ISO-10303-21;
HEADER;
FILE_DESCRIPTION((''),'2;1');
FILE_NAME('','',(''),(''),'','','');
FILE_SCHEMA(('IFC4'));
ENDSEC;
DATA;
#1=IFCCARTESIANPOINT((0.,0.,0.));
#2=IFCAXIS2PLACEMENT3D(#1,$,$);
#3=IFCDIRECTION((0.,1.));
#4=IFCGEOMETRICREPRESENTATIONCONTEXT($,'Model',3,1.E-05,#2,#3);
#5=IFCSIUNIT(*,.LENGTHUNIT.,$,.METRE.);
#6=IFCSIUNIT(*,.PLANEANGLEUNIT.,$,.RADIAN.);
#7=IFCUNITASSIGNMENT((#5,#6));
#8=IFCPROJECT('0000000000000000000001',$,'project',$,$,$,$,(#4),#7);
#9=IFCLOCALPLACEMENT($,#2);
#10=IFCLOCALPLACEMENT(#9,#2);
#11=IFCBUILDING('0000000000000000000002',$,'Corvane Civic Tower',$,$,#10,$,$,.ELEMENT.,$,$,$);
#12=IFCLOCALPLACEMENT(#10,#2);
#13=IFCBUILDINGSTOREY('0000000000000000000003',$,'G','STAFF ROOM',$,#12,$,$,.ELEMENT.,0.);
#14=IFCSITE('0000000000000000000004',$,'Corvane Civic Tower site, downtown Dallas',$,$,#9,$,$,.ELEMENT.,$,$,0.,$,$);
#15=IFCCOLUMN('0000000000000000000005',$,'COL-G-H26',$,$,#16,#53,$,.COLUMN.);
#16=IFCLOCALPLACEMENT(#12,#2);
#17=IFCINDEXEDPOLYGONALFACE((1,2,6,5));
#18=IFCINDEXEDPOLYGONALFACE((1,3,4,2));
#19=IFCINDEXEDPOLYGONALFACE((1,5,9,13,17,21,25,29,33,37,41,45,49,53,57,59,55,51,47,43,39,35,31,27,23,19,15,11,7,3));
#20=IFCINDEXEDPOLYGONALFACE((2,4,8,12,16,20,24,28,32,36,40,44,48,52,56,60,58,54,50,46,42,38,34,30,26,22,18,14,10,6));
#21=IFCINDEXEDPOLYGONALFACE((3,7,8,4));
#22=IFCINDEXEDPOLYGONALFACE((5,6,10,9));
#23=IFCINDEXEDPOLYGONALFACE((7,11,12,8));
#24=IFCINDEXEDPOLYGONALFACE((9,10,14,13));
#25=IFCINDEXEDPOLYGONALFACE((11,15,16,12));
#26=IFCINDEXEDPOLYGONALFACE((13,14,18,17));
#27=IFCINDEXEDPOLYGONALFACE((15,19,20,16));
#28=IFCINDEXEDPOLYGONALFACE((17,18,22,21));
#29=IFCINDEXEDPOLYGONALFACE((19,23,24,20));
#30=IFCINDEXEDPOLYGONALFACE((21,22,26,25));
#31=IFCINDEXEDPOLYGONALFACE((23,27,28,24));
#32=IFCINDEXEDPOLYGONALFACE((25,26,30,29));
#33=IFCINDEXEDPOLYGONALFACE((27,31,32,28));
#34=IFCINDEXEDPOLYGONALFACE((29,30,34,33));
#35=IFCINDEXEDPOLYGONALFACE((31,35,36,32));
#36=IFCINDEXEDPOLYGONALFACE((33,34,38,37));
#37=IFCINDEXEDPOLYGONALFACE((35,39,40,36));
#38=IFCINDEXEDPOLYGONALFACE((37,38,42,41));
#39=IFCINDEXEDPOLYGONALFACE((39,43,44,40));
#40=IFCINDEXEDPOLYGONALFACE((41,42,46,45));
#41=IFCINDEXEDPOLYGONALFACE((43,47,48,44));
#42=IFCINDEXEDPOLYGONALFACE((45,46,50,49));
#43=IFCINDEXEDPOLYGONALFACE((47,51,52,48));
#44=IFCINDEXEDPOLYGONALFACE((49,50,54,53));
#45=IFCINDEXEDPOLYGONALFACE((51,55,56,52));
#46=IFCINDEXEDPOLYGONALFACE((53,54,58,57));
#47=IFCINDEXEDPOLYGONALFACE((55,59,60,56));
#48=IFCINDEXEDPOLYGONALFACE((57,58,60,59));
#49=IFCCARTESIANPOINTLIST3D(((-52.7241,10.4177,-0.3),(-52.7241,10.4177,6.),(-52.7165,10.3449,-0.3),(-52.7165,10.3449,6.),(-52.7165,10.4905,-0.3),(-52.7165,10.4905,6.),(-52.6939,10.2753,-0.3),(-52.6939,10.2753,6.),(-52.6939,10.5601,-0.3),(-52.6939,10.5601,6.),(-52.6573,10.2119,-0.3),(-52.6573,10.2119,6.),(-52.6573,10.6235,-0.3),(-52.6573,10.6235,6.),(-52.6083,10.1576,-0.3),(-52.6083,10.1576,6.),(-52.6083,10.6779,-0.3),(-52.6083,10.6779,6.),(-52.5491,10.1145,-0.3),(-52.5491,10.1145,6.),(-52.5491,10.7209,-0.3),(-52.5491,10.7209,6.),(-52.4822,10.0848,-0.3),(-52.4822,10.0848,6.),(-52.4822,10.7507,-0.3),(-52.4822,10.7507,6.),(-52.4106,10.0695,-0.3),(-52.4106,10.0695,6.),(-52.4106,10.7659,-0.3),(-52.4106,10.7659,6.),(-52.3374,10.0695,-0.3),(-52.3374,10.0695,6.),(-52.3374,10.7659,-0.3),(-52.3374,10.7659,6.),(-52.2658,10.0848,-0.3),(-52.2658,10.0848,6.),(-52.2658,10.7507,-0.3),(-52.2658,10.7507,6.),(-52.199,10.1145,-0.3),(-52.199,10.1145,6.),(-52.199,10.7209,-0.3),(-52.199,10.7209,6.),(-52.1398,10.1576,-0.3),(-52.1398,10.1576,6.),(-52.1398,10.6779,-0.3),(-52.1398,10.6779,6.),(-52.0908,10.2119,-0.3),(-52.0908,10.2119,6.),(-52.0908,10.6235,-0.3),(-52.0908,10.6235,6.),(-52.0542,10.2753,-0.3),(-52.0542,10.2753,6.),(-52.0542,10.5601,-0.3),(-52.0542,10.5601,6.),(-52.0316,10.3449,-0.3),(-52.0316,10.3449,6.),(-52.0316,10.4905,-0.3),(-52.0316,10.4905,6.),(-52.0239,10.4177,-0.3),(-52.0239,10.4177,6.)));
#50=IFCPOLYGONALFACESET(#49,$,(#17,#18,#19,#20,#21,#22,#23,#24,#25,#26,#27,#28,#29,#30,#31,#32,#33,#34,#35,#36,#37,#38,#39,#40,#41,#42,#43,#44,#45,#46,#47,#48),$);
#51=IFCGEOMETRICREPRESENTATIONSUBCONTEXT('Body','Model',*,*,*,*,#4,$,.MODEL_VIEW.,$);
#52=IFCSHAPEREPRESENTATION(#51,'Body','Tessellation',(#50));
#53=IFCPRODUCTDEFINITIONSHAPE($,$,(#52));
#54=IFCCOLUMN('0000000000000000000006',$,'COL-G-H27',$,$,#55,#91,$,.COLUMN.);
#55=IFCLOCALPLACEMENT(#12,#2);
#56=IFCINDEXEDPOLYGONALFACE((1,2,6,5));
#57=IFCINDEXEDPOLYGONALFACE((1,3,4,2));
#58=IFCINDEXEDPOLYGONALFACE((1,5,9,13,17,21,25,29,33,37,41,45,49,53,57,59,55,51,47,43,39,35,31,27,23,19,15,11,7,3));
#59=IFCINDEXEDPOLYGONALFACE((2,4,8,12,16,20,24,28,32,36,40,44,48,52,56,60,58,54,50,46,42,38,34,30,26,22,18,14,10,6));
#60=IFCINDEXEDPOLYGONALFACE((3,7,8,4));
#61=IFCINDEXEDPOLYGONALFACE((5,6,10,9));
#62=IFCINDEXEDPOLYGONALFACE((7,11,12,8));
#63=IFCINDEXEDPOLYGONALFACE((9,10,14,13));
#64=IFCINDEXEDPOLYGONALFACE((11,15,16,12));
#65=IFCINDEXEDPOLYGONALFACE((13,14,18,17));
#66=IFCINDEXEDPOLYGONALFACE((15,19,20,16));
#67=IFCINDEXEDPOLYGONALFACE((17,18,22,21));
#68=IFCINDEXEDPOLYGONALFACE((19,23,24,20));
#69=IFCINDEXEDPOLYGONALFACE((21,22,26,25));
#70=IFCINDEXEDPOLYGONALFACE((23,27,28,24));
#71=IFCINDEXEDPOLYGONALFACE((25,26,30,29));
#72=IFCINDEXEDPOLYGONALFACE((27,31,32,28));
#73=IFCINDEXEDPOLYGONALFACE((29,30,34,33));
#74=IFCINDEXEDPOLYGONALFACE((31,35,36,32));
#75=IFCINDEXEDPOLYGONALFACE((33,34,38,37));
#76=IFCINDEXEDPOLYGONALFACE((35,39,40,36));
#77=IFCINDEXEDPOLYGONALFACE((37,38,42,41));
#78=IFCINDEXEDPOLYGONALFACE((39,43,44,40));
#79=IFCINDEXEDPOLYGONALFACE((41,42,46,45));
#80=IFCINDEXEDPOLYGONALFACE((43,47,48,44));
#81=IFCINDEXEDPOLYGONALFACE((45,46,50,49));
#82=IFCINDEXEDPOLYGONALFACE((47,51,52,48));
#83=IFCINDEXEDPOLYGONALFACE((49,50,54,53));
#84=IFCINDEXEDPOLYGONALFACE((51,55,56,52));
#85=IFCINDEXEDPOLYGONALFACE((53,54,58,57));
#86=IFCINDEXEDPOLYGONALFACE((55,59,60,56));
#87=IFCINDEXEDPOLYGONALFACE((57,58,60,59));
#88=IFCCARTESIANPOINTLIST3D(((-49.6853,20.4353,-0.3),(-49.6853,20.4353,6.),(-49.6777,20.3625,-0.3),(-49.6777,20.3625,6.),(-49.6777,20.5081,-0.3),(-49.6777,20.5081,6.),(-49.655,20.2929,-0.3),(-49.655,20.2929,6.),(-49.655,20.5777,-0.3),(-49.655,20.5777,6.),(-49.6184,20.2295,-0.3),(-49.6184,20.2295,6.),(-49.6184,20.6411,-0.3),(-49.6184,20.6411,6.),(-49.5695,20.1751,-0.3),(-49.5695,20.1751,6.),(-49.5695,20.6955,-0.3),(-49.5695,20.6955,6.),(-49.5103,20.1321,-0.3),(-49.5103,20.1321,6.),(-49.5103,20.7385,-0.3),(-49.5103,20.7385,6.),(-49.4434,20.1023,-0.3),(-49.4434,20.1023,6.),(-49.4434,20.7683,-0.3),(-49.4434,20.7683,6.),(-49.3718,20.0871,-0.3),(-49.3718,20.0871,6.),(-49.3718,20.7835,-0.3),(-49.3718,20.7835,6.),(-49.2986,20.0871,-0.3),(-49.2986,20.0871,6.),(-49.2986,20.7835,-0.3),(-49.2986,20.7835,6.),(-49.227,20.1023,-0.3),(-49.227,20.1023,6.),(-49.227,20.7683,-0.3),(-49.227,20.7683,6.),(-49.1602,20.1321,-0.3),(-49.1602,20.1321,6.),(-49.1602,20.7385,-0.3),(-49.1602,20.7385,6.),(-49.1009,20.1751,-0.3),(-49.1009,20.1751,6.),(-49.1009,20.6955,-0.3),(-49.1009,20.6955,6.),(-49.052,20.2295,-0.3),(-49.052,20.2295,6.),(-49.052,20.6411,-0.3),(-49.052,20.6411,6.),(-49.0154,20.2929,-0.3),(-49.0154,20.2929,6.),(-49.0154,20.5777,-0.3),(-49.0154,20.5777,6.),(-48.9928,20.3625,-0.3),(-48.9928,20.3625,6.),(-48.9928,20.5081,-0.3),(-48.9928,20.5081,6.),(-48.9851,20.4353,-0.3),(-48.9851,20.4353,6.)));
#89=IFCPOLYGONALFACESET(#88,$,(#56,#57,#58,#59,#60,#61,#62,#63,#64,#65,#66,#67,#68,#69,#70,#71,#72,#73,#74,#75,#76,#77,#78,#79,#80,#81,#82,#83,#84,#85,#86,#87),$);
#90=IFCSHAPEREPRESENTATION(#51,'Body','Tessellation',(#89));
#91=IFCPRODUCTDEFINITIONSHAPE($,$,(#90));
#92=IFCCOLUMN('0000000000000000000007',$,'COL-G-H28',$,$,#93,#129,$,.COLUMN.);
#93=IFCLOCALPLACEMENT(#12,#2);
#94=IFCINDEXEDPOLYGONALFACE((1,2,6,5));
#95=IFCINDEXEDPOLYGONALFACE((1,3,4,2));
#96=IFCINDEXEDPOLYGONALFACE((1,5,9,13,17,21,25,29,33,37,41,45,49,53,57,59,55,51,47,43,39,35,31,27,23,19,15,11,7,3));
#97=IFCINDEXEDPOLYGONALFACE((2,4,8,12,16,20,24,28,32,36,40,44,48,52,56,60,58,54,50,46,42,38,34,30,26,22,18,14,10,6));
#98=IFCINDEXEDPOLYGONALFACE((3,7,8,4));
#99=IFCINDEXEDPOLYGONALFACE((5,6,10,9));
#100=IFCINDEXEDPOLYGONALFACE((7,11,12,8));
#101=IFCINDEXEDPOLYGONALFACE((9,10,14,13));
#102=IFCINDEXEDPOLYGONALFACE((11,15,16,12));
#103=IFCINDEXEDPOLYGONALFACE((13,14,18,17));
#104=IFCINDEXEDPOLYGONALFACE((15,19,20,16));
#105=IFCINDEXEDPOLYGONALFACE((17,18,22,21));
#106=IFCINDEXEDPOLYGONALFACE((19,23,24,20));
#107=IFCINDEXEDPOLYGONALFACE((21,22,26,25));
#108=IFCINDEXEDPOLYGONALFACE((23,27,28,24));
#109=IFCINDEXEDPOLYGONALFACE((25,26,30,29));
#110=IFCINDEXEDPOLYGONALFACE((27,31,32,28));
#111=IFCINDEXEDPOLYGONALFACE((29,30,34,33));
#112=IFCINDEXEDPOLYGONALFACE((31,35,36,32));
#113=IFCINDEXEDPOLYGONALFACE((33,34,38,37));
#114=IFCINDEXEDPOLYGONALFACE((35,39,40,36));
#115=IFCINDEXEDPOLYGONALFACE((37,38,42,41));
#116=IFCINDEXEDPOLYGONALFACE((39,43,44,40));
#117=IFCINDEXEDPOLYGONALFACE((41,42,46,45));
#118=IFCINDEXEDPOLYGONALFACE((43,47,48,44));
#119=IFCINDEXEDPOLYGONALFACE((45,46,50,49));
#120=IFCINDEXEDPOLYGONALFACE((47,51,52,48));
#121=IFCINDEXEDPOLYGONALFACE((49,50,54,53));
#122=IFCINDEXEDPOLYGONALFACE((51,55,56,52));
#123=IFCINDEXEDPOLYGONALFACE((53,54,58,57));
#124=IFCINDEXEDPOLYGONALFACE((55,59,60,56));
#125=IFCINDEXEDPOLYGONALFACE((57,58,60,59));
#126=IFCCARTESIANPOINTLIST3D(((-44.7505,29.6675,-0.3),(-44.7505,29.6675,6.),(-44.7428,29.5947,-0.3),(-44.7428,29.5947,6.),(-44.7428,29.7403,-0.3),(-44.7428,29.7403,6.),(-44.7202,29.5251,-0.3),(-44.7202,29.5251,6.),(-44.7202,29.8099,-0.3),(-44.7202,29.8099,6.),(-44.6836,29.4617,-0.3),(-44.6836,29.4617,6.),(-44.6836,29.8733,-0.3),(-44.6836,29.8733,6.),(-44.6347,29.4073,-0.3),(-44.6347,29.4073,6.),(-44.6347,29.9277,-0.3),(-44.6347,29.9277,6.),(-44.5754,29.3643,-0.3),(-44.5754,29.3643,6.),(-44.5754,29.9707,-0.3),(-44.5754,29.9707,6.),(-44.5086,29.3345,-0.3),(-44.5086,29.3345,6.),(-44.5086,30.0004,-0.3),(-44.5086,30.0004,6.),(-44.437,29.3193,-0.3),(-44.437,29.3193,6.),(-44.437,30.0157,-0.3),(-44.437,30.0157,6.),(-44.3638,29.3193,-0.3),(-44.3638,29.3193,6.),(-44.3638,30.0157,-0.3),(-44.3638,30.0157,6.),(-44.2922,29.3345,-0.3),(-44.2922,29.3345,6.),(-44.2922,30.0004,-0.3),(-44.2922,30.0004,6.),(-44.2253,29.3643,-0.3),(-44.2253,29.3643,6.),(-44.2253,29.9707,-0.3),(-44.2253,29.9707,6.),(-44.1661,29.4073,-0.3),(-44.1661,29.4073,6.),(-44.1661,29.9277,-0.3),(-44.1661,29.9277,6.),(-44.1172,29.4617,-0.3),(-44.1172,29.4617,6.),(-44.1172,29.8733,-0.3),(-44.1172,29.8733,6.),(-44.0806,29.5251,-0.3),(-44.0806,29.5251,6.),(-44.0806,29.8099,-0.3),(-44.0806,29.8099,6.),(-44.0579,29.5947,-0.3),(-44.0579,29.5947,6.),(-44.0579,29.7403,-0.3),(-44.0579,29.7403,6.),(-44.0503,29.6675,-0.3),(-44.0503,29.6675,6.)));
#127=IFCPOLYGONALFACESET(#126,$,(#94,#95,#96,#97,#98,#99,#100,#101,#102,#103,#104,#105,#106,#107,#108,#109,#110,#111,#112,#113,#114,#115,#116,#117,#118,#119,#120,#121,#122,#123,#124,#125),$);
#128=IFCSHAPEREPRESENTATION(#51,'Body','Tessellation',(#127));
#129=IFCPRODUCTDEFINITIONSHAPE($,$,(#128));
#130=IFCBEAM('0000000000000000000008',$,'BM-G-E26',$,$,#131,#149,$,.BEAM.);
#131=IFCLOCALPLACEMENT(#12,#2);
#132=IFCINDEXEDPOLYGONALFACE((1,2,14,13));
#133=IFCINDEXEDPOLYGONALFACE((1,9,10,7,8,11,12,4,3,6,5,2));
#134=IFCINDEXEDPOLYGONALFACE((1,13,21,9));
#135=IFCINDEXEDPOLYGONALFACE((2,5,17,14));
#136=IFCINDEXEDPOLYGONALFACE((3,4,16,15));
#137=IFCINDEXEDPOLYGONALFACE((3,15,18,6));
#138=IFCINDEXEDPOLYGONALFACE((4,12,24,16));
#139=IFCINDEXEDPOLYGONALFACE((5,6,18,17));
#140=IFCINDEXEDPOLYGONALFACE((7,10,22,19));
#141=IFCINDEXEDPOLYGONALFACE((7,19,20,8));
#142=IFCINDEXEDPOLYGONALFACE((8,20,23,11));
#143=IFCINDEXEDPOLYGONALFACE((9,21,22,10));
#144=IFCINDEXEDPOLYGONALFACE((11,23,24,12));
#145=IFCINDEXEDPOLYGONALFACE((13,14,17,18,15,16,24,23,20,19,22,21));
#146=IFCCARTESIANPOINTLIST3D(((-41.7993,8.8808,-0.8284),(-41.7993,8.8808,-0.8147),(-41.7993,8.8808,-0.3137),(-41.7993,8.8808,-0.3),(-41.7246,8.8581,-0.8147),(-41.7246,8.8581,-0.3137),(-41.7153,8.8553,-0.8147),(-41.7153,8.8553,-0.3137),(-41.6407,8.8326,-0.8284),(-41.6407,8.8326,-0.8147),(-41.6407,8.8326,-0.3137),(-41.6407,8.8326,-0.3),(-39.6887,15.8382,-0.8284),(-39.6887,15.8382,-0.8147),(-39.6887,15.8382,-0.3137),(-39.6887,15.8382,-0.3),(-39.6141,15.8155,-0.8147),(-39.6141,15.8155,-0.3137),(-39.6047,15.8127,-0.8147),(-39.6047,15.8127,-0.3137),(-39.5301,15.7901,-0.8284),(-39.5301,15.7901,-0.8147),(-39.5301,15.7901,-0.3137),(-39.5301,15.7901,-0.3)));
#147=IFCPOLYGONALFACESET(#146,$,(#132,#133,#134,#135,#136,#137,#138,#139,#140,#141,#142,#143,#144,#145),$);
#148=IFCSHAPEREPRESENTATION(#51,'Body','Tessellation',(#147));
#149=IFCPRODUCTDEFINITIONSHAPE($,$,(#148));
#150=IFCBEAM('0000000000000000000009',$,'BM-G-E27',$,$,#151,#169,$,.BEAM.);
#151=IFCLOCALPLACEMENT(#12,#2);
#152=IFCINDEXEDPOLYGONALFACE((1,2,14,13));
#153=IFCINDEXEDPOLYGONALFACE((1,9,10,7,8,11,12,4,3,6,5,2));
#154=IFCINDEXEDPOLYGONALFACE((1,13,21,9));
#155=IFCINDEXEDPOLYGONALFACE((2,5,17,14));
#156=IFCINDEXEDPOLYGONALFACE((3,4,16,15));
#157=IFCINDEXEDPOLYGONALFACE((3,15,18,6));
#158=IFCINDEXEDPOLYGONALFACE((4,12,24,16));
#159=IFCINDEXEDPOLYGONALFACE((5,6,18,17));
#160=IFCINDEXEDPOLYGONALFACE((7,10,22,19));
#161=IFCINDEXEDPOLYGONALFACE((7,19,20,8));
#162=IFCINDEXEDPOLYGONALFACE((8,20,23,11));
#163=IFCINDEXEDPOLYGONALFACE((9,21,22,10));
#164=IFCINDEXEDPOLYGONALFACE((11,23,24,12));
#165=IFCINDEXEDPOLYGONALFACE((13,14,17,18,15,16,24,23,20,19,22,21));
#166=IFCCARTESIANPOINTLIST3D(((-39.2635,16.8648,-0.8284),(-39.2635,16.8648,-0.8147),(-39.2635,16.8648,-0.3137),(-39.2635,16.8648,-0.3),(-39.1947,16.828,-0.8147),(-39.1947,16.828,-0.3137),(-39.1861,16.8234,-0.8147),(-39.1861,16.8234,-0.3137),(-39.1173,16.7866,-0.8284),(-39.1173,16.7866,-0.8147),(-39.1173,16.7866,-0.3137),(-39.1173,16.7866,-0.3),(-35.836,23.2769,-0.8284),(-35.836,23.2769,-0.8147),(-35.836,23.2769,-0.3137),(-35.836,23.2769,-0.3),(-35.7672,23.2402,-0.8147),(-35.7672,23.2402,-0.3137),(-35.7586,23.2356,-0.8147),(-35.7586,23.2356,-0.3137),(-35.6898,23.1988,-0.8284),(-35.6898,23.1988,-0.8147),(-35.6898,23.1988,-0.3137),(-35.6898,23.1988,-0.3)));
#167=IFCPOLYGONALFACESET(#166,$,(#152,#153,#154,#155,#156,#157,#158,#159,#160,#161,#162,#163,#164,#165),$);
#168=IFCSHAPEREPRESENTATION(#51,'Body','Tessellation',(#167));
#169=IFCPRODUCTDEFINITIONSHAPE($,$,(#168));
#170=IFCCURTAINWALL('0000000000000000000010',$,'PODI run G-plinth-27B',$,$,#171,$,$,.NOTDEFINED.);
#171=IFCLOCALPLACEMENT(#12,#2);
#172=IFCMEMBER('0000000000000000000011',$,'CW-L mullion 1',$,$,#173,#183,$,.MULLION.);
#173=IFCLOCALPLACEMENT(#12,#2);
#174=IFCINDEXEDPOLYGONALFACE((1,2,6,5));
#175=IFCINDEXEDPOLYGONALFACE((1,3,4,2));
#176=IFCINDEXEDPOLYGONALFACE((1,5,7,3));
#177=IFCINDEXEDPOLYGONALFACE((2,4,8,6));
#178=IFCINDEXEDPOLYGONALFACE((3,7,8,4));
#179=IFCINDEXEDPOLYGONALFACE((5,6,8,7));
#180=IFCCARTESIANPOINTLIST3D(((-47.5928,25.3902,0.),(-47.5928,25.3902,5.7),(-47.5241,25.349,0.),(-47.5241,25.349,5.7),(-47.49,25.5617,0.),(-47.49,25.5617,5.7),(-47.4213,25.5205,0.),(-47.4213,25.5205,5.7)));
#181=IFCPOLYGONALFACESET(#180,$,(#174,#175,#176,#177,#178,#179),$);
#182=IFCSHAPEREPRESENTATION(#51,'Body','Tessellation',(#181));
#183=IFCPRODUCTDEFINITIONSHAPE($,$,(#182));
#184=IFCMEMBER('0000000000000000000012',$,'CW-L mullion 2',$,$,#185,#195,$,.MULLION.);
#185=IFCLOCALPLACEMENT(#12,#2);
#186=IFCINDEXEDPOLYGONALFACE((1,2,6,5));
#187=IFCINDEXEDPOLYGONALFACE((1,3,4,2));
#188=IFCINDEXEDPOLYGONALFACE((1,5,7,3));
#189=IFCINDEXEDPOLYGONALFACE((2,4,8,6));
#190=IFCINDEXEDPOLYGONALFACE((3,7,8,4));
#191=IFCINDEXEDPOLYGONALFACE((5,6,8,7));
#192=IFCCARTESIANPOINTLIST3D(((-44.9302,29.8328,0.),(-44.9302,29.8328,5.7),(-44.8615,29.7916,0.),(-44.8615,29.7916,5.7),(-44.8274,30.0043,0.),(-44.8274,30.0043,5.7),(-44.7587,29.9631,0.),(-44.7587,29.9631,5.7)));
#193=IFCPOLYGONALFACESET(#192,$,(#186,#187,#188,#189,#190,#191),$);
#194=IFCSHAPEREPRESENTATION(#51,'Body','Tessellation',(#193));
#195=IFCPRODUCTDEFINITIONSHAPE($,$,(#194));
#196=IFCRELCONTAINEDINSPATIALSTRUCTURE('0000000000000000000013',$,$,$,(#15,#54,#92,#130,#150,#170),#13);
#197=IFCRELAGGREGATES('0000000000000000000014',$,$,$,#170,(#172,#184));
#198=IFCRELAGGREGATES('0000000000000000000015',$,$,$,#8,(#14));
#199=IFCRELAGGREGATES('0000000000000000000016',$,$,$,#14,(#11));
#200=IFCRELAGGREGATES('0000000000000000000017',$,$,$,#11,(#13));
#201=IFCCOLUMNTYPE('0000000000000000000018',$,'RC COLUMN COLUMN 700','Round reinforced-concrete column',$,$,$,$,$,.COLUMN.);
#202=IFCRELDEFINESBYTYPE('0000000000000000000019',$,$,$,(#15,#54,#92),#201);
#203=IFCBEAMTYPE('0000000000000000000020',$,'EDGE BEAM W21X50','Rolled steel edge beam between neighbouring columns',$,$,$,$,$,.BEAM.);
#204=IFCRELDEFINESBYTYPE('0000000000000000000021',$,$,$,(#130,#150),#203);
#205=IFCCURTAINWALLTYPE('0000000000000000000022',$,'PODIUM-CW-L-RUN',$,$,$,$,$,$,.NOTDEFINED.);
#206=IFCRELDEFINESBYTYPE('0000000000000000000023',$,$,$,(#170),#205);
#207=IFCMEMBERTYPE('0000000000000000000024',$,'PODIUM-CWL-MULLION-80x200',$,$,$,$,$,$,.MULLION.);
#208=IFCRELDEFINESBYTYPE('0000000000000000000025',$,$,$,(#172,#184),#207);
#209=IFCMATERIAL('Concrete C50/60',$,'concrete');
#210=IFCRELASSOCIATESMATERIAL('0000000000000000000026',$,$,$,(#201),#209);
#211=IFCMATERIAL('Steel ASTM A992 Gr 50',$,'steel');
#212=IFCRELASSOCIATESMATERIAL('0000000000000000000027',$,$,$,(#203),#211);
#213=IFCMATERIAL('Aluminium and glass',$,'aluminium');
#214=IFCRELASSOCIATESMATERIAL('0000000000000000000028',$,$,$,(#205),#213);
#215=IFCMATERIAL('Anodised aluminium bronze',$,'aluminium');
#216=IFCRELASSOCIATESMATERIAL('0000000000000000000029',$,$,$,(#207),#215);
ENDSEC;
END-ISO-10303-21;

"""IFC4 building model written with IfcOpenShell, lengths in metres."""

from ifc_helpers import new_model, si_unit, direction, frame, origin, origin_2d, place, context, subcontext, project, spatial, rectangle, circle, i_section, extrude, material, material_profile, profile_set, type_object, element, aggregate, save


model = new_model("IFC4")

# Units and contexts
model_context = context("Model", 3, precision=1e-05, world=origin(), true_north=direction((0.0, 1.0)))
body_context = subcontext(model_context, "Body", "Model", "MODEL_VIEW")
ifc_project = project(units=[si_unit("LENGTHUNIT", "METRE"), si_unit("PLANEANGLEUNIT", "RADIAN")], contexts=[model_context])

# Site, building, storey
site_placement = place(None, origin())
site = spatial("IfcSite", under=ifc_project, at=site_placement, Name="Corvane Civic Tower site, downtown Dallas", CompositionType="ELEMENT", RefElevation=0.0)
building_placement = place(site_placement, origin())
building = spatial("IfcBuilding", under=site, at=building_placement, Name="Corvane Civic Tower", CompositionType="ELEMENT")
storey_placement = place(building_placement, origin())
storey = spatial("IfcBuildingStorey", under=building, at=storey_placement, Name="G", Description="STAFF ROOM", CompositionType="ELEMENT", Elevation=0.0)

# Columns
ifc_material_1 = material(Name="Concrete C50/60", Category="concrete")
ifc_material_profile_1 = material_profile(ifc_material_1, circle(Radius=0.3501, at=origin_2d()), Name="COLUMN 700")
ifc_profile_set_1 = profile_set([ifc_material_profile_1], Name="Concrete C50/60")
column_type_1 = type_object("IfcColumnType", Name="RC COLUMN COLUMN 700", Description="Round reinforced-concrete column", PredefinedType="COLUMN", material=ifc_profile_set_1)
for number, where, z_axis, x_axis, name in (
    (1, (-52.374, 10.4177, -0.3), (0.0, 0.0, 1.0), (1.0, 0.0, 0.0), "COL-G-H26"),
    (2, (-49.3352, 20.4353, -0.3), (0.0, 0.0, 1.0), (1.0, 0.0, 0.0), "COL-G-H27"),
    (3, (-44.4004, 29.6675, -0.3), (0.0, 0.0, 1.0), (1.0, 0.0, 0.0), "COL-G-H28"),
):
    element("IfcColumn", number, at=place(storey_placement, frame(where, z_axis=z_axis, x_axis=x_axis)), inside=storey, type_object=column_type_1, Name=name, PredefinedType="COLUMN", context=body_context, shape_type="SweptSolid", body=[
        extrude(circle(Radius=0.3501, at=origin_2d()), origin(), (0.0, 0.0, 1.0), 6.3),
    ])

# Beams
ifc_material_2 = material(Name="Steel ASTM A992 Gr 50", Category="steel")
ifc_material_profile_2 = material_profile(ifc_material_2, i_section(OverallWidth=0.1658, OverallDepth=0.5283, WebThickness=0.0098, FlangeThickness=0.0137, at=origin_2d()), Name="W21X50")
ifc_profile_set_2 = profile_set([ifc_material_profile_2], Name="Steel ASTM A992 Gr 50")
beam_type = type_object("IfcBeamType", Name="EDGE BEAM W21X50", Description="Rolled steel edge beam between neighbouring columns", PredefinedType="BEAM", material=ifc_profile_set_2)
beam_1_placement = place(storey_placement, frame((-41.72, 8.8567, -0.5642), z_axis=(0.290292, 0.956938, 0.0), x_axis=(-0.956938, 0.290292, 0.0)))
element("IfcBeam", 4, at=beam_1_placement, inside=storey, type_object=beam_type, Name="BM-G-E26", PredefinedType="BEAM", context=body_context, shape_type="SweptSolid", body=[
    extrude(i_section(OverallWidth=0.1658, OverallDepth=0.5283, WebThickness=0.0098, FlangeThickness=0.0137, at=origin_2d()), origin(), (0.0, 0.0, 1.0), 7.2705),
])
beam_2_placement = place(storey_placement, frame((-39.1904, 16.8257, -0.5642), z_axis=(0.471412, 0.881913, 0.0), x_axis=(-0.881913, 0.471412, 0.0)))
element("IfcBeam", 5, at=beam_2_placement, inside=storey, type_object=beam_type, Name="BM-G-E27", PredefinedType="BEAM", context=body_context, shape_type="SweptSolid", body=[
    extrude(i_section(OverallWidth=0.1658, OverallDepth=0.5283, WebThickness=0.0098, FlangeThickness=0.0137, at=origin_2d()), origin(), (0.0, 0.0, 1.0), 7.2708),
])

# Curtain wall, members
ifc_material_3 = material(Name="Aluminium and glass", Category="aluminium")
curtain_wall_type = type_object("IfcCurtainWallType", Name="PODIUM-CW-L-RUN", PredefinedType="NOTDEFINED", material=ifc_material_3)
curtain_wall_placement = place(storey_placement, origin())
curtain_wall = element("IfcCurtainWall", 6, at=curtain_wall_placement, inside=storey, type_object=curtain_wall_type, Name="PODI run G-plinth-27B", PredefinedType="NOTDEFINED")
ifc_material_4 = material(Name="Anodised aluminium bronze", Category="aluminium")
ifc_material_profile_3 = material_profile(ifc_material_4, rectangle(XDim=0.0801, YDim=0.2, at=origin_2d()), Name="AL 80x200")
ifc_profile_set_3 = profile_set([ifc_material_profile_3], Name="Anodised aluminium bronze")
member_type_1 = type_object("IfcMemberType", Name="PODIUM-CWL-MULLION-80x200", PredefinedType="MULLION", material=ifc_profile_set_3)
member_1_placement = place(storey_placement, frame((-47.5071, 25.4553, 0.0), z_axis=(0.0, 0.0, 1.0), x_axis=(-0.857733, 0.514096, 0.0)))
member_1 = element("IfcMember", 7, at=member_1_placement, type_object=member_type_1, Name="CW-L mullion 1", PredefinedType="MULLION", context=body_context, shape_type="SweptSolid", body=[
    extrude(rectangle(XDim=0.0801, YDim=0.2, at=origin_2d()), origin(), (0.0, 0.0, 1.0), 5.7),
])
member_2_placement = place(storey_placement, frame((-44.8445, 29.8979, 0.0), z_axis=(0.0, 0.0, 1.0), x_axis=(-0.857733, 0.514096, 0.0)))
member_2 = element("IfcMember", 8, at=member_2_placement, type_object=member_type_1, Name="CW-L mullion 2", PredefinedType="MULLION", context=body_context, shape_type="SweptSolid", body=[
    extrude(rectangle(XDim=0.0801, YDim=0.2, at=origin_2d()), origin(), (0.0, 0.0, 1.0), 5.7),
])
aggregate(curtain_wall, [member_1, member_2])

save(model, "model.ifc")
